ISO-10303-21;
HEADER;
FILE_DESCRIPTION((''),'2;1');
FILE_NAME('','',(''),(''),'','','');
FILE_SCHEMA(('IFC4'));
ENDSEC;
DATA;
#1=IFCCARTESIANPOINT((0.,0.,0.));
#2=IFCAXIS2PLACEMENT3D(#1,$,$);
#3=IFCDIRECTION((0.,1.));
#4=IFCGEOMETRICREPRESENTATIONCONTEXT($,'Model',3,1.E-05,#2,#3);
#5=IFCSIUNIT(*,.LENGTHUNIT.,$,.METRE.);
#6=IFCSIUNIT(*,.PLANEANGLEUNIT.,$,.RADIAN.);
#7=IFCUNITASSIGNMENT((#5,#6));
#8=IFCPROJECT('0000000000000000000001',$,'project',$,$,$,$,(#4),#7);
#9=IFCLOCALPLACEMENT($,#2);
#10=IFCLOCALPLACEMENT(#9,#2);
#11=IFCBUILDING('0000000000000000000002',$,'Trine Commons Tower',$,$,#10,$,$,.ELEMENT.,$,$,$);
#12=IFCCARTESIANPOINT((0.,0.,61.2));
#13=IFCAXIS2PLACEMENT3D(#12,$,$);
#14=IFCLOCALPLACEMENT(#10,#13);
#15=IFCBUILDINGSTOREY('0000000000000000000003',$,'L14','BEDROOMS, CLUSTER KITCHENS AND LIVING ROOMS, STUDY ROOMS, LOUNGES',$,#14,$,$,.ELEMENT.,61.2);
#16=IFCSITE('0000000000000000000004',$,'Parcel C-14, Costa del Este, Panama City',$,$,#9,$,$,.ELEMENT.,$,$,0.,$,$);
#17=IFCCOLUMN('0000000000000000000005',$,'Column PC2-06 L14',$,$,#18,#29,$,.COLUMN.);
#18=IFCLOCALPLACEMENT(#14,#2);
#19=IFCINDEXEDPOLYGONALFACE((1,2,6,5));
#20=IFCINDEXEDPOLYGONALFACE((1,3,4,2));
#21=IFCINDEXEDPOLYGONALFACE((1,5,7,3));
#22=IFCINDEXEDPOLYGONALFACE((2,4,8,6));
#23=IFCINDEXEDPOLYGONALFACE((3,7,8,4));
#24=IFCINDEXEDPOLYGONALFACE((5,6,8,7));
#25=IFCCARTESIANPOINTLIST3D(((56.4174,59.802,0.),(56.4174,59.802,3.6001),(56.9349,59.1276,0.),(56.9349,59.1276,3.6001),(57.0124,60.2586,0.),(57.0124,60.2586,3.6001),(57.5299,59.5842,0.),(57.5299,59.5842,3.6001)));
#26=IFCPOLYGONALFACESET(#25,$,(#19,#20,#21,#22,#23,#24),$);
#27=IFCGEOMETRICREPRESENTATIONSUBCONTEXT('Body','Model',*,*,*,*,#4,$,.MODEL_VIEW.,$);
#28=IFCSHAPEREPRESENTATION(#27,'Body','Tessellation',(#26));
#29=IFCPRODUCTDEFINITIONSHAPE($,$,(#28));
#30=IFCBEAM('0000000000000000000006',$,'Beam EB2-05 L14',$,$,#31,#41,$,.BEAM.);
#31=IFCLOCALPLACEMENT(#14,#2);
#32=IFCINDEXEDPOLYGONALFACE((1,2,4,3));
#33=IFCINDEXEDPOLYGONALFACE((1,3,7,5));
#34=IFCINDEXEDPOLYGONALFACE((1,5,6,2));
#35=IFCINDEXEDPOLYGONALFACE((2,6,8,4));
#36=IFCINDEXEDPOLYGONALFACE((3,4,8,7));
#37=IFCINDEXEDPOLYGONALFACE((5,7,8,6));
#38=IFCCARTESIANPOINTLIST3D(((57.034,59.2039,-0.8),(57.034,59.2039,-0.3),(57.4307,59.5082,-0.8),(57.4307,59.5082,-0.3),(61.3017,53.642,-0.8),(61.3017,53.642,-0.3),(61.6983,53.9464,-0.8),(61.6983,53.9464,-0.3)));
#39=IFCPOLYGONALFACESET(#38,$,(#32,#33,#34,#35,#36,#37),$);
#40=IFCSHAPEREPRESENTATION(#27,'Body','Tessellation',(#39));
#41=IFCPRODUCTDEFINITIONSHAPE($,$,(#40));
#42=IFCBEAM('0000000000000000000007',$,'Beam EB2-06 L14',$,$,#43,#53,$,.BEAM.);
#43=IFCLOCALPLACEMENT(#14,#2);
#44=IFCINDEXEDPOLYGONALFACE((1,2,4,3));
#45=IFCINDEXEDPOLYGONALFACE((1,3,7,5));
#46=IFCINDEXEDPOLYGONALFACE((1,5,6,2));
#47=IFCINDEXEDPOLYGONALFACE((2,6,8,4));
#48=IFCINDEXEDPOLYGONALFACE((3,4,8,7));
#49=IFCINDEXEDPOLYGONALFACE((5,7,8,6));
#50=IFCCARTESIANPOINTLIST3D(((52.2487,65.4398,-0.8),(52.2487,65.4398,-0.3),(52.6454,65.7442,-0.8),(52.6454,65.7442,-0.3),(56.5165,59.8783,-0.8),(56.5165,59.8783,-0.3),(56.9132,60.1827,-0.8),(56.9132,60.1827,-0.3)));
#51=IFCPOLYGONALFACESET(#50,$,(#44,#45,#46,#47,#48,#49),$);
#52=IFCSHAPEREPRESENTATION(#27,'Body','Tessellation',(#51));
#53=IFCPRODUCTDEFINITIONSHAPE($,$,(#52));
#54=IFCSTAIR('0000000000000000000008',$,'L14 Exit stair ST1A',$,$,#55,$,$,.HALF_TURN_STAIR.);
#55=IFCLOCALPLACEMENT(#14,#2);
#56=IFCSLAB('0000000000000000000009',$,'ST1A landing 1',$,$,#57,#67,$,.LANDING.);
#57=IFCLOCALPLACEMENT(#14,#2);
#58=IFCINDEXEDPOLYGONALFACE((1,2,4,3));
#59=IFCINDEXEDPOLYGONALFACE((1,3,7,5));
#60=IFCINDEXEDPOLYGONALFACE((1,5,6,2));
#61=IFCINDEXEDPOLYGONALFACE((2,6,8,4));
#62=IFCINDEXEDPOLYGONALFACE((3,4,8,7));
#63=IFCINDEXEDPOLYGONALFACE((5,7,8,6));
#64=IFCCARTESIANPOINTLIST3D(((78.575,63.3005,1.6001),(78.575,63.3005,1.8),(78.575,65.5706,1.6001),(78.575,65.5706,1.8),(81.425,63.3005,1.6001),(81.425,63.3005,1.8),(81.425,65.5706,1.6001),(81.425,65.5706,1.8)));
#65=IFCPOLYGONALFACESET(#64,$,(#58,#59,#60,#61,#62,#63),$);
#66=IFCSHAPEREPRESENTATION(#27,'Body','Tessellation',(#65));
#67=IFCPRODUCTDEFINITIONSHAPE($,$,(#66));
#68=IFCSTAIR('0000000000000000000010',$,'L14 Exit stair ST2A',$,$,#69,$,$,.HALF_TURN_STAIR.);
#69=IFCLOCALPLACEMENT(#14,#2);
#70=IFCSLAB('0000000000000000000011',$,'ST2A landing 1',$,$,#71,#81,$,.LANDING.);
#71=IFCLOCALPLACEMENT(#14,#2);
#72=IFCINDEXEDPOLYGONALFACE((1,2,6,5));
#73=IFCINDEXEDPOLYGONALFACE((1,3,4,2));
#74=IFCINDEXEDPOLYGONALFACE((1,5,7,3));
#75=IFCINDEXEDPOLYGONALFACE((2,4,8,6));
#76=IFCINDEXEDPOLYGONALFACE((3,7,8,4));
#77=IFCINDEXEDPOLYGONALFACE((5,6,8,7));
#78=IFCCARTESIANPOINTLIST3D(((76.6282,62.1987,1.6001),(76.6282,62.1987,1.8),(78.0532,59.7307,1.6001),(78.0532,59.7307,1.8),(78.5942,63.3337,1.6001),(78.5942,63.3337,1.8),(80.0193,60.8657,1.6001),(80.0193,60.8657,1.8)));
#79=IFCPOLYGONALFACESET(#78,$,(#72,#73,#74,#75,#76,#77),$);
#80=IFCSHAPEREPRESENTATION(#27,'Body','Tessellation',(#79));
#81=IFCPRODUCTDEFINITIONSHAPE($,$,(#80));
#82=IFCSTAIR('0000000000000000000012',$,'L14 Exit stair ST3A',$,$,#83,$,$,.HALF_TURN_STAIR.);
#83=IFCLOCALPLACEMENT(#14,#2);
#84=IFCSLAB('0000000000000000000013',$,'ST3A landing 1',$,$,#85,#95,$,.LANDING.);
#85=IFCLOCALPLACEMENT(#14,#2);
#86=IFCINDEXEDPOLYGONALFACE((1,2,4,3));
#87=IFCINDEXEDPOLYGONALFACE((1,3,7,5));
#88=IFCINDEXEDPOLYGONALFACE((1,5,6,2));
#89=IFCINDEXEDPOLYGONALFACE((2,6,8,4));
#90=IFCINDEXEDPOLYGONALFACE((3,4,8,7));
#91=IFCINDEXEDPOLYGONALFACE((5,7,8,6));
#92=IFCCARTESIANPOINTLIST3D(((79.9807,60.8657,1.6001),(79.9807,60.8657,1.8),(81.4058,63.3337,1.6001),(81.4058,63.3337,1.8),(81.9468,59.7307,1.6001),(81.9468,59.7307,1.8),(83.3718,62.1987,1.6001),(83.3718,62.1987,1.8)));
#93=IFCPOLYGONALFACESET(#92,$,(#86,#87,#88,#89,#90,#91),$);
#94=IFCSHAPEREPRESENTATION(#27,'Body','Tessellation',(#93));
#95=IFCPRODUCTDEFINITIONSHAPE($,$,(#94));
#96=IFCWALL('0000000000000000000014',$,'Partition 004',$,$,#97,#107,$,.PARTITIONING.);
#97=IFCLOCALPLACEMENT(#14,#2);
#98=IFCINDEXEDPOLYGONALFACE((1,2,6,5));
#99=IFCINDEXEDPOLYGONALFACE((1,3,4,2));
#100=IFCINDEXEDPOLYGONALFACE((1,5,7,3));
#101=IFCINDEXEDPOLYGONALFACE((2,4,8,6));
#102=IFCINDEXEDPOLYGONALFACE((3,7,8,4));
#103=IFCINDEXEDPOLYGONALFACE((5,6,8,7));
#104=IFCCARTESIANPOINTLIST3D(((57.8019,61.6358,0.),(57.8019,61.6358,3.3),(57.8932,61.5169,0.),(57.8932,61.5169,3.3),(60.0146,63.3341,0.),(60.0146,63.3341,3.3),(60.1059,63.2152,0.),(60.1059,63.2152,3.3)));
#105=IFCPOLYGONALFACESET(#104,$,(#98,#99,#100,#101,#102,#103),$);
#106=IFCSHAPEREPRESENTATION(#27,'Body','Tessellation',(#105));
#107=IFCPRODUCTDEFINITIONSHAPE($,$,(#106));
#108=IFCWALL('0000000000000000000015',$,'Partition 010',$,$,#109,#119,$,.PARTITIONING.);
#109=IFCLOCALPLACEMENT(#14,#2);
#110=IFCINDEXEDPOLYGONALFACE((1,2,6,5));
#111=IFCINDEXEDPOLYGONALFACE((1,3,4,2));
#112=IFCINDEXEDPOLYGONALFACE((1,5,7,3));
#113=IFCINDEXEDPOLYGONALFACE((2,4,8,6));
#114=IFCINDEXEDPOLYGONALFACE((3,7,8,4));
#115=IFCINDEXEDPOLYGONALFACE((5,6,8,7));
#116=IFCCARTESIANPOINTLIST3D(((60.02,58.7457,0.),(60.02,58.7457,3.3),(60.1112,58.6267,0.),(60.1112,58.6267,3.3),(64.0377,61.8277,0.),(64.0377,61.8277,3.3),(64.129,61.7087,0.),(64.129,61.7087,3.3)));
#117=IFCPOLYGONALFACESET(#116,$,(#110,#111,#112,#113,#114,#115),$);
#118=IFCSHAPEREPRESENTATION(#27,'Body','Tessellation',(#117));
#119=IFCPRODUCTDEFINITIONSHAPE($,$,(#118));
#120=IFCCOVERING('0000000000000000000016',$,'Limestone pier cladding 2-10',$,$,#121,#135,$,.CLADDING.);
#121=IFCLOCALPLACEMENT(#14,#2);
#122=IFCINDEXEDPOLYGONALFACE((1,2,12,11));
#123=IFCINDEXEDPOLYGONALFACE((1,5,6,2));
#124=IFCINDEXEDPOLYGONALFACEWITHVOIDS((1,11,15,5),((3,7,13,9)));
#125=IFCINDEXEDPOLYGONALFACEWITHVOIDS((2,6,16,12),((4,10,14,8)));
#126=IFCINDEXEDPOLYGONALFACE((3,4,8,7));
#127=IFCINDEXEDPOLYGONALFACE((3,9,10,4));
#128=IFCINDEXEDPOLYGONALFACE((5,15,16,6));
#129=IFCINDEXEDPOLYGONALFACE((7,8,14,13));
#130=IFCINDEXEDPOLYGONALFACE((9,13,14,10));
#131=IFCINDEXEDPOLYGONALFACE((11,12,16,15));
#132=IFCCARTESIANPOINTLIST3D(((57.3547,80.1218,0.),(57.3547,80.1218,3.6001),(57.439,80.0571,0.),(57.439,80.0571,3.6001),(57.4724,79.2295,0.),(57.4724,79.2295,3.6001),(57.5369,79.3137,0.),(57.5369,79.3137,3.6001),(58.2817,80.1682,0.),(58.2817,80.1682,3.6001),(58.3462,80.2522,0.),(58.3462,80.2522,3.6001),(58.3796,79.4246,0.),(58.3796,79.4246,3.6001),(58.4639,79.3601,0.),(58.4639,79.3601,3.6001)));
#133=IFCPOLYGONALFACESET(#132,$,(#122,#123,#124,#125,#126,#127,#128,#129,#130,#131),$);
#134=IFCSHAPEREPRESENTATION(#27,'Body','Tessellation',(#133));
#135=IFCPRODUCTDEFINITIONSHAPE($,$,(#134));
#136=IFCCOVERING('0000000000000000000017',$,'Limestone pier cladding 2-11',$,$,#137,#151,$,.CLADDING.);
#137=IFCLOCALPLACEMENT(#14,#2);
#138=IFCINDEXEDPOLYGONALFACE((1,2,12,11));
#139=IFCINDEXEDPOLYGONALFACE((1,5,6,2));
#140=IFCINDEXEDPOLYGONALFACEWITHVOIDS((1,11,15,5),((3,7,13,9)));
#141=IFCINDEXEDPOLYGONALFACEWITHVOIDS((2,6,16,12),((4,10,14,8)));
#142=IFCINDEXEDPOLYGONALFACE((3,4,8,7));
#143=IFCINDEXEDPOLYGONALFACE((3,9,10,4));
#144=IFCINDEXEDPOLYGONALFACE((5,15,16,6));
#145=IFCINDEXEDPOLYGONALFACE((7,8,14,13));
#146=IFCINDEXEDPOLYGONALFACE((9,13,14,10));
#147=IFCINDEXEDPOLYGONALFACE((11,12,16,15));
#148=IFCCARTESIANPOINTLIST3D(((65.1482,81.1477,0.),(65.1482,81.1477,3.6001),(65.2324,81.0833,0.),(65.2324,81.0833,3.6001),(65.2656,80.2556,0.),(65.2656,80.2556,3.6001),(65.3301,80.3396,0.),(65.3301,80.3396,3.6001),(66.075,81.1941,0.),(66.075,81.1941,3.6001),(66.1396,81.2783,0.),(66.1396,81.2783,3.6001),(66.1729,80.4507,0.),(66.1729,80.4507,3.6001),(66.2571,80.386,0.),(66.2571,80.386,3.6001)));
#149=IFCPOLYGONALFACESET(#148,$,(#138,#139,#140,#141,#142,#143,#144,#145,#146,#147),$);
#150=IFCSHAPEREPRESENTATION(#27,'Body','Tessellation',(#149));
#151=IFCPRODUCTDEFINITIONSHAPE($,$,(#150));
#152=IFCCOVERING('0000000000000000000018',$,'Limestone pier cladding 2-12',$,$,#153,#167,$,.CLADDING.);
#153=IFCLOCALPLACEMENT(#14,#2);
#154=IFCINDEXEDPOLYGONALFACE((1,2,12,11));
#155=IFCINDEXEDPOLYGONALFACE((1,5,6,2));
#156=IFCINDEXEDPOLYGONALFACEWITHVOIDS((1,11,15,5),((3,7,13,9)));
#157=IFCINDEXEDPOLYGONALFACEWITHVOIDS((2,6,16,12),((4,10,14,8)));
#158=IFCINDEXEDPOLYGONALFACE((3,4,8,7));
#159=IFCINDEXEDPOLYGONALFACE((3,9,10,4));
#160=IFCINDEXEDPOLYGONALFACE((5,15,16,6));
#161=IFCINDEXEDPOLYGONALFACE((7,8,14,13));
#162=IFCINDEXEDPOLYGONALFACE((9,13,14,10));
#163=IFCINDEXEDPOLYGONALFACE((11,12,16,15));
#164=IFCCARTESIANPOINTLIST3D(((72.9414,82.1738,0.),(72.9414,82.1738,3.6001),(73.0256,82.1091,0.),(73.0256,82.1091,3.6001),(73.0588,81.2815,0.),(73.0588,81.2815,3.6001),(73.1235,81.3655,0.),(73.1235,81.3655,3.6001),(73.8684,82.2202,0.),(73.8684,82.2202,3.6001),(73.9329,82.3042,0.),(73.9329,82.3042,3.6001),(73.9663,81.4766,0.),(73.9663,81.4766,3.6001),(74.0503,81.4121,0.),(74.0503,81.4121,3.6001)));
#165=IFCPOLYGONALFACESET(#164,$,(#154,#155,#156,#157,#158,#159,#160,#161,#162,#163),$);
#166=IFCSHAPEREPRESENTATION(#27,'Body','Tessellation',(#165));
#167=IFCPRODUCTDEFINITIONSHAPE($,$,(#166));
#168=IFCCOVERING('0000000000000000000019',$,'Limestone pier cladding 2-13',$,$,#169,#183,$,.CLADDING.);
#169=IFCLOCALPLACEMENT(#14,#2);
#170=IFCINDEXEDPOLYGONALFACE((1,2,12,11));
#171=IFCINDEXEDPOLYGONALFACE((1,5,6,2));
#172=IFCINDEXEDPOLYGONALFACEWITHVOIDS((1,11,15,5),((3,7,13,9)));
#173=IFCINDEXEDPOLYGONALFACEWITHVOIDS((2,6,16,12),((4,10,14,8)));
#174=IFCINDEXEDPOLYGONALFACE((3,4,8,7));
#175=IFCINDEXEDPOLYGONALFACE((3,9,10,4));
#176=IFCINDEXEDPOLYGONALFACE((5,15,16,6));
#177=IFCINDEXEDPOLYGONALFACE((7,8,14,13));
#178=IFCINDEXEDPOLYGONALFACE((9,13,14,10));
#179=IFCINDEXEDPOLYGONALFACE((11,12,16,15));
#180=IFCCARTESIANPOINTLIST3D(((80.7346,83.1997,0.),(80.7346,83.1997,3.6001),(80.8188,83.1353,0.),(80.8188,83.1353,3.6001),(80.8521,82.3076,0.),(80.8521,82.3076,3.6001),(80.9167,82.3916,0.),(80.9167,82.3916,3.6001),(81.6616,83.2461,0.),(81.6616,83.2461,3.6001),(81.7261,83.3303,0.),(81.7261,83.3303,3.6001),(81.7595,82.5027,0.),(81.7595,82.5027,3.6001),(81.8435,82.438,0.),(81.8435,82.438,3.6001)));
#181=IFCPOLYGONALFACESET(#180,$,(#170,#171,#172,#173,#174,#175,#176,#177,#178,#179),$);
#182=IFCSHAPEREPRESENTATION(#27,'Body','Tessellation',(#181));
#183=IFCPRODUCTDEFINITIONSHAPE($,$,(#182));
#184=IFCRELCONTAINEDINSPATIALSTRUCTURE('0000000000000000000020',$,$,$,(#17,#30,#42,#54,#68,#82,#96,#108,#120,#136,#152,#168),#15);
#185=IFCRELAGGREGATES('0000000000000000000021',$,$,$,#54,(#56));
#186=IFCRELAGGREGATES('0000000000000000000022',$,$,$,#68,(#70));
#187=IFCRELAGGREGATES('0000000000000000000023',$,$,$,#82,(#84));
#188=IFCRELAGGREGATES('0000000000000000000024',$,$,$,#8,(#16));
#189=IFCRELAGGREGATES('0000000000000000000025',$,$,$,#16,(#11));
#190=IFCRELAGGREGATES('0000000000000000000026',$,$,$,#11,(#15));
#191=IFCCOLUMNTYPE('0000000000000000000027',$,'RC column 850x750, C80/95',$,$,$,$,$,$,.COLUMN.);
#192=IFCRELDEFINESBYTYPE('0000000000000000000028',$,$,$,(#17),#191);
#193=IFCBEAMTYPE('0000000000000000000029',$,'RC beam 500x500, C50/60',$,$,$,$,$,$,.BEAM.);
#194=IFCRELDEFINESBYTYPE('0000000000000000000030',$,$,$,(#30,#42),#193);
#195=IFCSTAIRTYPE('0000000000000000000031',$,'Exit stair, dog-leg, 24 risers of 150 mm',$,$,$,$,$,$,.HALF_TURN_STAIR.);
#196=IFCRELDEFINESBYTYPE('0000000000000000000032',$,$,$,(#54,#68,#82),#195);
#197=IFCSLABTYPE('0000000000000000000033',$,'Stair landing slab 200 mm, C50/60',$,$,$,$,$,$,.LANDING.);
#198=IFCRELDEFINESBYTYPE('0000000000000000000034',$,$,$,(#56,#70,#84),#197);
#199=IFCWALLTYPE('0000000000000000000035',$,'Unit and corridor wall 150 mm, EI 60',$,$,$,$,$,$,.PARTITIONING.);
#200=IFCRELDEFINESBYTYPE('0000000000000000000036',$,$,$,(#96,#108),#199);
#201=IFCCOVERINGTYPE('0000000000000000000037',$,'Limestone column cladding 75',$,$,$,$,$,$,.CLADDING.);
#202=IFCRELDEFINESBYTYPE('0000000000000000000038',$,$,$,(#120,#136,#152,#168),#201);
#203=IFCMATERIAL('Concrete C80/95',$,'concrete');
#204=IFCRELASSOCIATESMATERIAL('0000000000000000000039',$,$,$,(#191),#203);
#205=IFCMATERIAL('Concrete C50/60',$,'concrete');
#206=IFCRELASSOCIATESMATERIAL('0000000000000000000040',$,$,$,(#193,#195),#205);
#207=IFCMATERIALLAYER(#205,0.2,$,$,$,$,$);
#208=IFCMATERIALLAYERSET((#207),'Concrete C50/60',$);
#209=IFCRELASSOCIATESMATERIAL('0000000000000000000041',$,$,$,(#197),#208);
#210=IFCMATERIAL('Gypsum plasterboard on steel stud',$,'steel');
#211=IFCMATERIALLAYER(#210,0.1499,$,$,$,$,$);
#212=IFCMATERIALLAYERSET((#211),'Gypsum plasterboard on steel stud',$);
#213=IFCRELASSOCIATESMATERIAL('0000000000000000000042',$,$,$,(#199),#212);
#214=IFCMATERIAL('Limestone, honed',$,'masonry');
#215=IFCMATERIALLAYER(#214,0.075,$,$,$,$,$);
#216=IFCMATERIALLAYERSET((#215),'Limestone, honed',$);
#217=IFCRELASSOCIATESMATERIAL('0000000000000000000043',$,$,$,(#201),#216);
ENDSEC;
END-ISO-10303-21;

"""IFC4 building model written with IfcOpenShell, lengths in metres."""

from ifc_helpers import new_model, si_unit, direction, frame, frame_2d, origin, origin_2d, place, context, subcontext, project, spatial, polyline, rectangle, outline, extrude, material, layer, layer_set, material_profile, profile_set, type_object, element, aggregate, save


model = new_model("IFC4")

# Units and contexts
model_context = context("Model", 3, precision=1e-05, world=origin(), true_north=direction((0.0, 1.0)))
body_context = subcontext(model_context, "Body", "Model", "MODEL_VIEW")
ifc_project = project(units=[si_unit("LENGTHUNIT", "METRE"), si_unit("PLANEANGLEUNIT", "RADIAN")], contexts=[model_context])

# Site, building, storey
site_placement = place(None, origin())
site = spatial("IfcSite", under=ifc_project, at=site_placement, Name="Parcel C-14, Costa del Este, Panama City", CompositionType="ELEMENT", RefElevation=0.0)
building_placement = place(site_placement, origin())
building = spatial("IfcBuilding", under=site, at=building_placement, Name="Trine Commons Tower", CompositionType="ELEMENT")
storey_placement = place(building_placement, frame((0.0, 0.0, 61.2)))
storey = spatial("IfcBuildingStorey", under=building, at=storey_placement, Name="L14", Description="BEDROOMS, CLUSTER KITCHENS AND LIVING ROOMS, STUDY ROOMS, LOUNGES", CompositionType="ELEMENT", Elevation=61.2)

# Column
ifc_material_1 = material(Name="Concrete C80/95", Category="concrete")
ifc_material_profile_1 = material_profile(ifc_material_1, rectangle(XDim=0.8501, YDim=0.75, at=origin_2d()), Name="RC 850x750")
ifc_profile_set_1 = profile_set([ifc_material_profile_1], Name="Concrete C80/95")
column_type = type_object("IfcColumnType", Name="RC column 850x750, C80/95", PredefinedType="COLUMN", material=ifc_profile_set_1)
column_placement = place(storey_placement, frame((56.9736, 59.6931, 0.0), z_axis=(0.0, 0.0, 1.0), x_axis=(-0.608761, 0.793353, 0.0)))
element("IfcColumn", 1, at=column_placement, inside=storey, type_object=column_type, Name="Column PC2-06 L14", PredefinedType="COLUMN", context=body_context, shape_type="SweptSolid", body=[
    extrude(rectangle(XDim=0.8501, YDim=0.75, at=origin_2d()), origin(), (0.0, 0.0, 1.0), 3.6001),
])

# Beams
ifc_material_2 = material(Name="Concrete C50/60", Category="concrete")
ifc_material_profile_2 = material_profile(ifc_material_2, rectangle(XDim=0.5, YDim=0.5, at=origin_2d()), Name="RC 500x500")
ifc_profile_set_2 = profile_set([ifc_material_profile_2], Name="Concrete C50/60")
beam_type = type_object("IfcBeamType", Name="RC beam 500x500, C50/60", PredefinedType="BEAM", material=ifc_profile_set_2)
beam_1_placement = place(storey_placement, frame((61.5, 53.7942, -0.55), z_axis=(-0.608751, 0.793361, 0.0), x_axis=(-0.793361, -0.608751, 0.0)))
element("IfcBeam", 2, at=beam_1_placement, inside=storey, type_object=beam_type, Name="Beam EB2-05 L14", PredefinedType="BEAM", context=body_context, shape_type="SweptSolid", body=[
    extrude(rectangle(XDim=0.5, YDim=0.5, at=origin_2d()), origin(), (0.0, 0.0, 1.0), 7.0105),
])
beam_2_placement = place(storey_placement, frame((56.7148, 60.0305, -0.55), z_axis=(-0.60879, 0.793332, 0.0), x_axis=(-0.793332, -0.60879, 0.0)))
element("IfcBeam", 3, at=beam_2_placement, inside=storey, type_object=beam_type, Name="Beam EB2-06 L14", PredefinedType="BEAM", context=body_context, shape_type="SweptSolid", body=[
    extrude(rectangle(XDim=0.5, YDim=0.5, at=origin_2d()), origin(), (0.0, 0.0, 1.0), 7.0103),
])

# Stairs, slabs
stair_type = type_object("IfcStairType", Name="Exit stair, dog-leg, 24 risers of 150 mm", PredefinedType="HALF_TURN_STAIR", material=ifc_material_2)
stair_1_placement = place(storey_placement, origin())
stair_1 = element("IfcStair", 4, at=stair_1_placement, inside=storey, type_object=stair_type, Name="L14 Exit stair ST1A", PredefinedType="HALF_TURN_STAIR")
ifc_layer_1 = layer(ifc_material_2, 0.2)
ifc_layer_set_1 = layer_set([ifc_layer_1], Name="Concrete C50/60")
slab_type = type_object("IfcSlabType", Name="Stair landing slab 200 mm, C50/60", PredefinedType="LANDING", material=ifc_layer_set_1)
slab_1_placement = place(storey_placement, frame((0.0, 0.0, 1.6001)))
slab_1 = element("IfcSlab", 5, at=slab_1_placement, type_object=slab_type, Name="ST1A landing 1", PredefinedType="LANDING", context=body_context, shape_type="SweptSolid", body=[
    extrude(outline(polyline([(78.575, 65.5706), (78.575, 63.3005), (81.425, 63.3005), (81.425, 65.5706), (78.575, 65.5706)])), origin(), (0.0, 0.0, 1.0), 0.2),
])
aggregate(stair_1, [slab_1])
stair_2_placement = place(storey_placement, origin())
stair_2 = element("IfcStair", 6, at=stair_2_placement, inside=storey, type_object=stair_type, Name="L14 Exit stair ST2A", PredefinedType="HALF_TURN_STAIR")
slab_2_placement = place(storey_placement, frame((0.0, 0.0, 1.6001)))
slab_2 = element("IfcSlab", 7, at=slab_2_placement, type_object=slab_type, Name="ST2A landing 1", PredefinedType="LANDING", context=body_context, shape_type="SweptSolid", body=[
    extrude(outline(polyline([(78.0532, 59.7307), (80.0193, 60.8657), (78.5942, 63.3337), (76.6282, 62.1987), (78.0532, 59.7307)])), origin(), (0.0, 0.0, 1.0), 0.2),
])
aggregate(stair_2, [slab_2])
stair_3_placement = place(storey_placement, origin())
stair_3 = element("IfcStair", 8, at=stair_3_placement, inside=storey, type_object=stair_type, Name="L14 Exit stair ST3A", PredefinedType="HALF_TURN_STAIR")
slab_3_placement = place(storey_placement, frame((0.0, 0.0, 1.6001)))
slab_3 = element("IfcSlab", 9, at=slab_3_placement, type_object=slab_type, Name="ST3A landing 1", PredefinedType="LANDING", context=body_context, shape_type="SweptSolid", body=[
    extrude(outline(polyline([(83.3718, 62.1987), (81.4058, 63.3337), (79.9807, 60.8657), (81.9468, 59.7307), (83.3718, 62.1987)])), origin(), (0.0, 0.0, 1.0), 0.2),
])
aggregate(stair_3, [slab_3])

# Walls
ifc_material_3 = material(Name="Gypsum plasterboard on steel stud", Category="steel")
ifc_layer_2 = layer(ifc_material_3, 0.1499)
ifc_layer_set_2 = layer_set([ifc_layer_2], Name="Gypsum plasterboard on steel stud")
wall_type = type_object("IfcWallType", Name="Unit and corridor wall 150 mm, EI 60", PredefinedType="PARTITIONING", material=ifc_layer_set_2)
wall_1_placement = place(storey_placement, frame((57.8477, 61.5764, 0.0), z_axis=(0.0, 0.0, 1.0), x_axis=(0.793281, 0.608856, 0.0)))
element("IfcWall", 10, at=wall_1_placement, inside=storey, type_object=wall_type, Name="Partition 004", PredefinedType="PARTITIONING", context=body_context, shape_type="SweptSolid", body=[
    extrude(rectangle(XDim=2.7893, YDim=0.1499, at=frame_2d((1.3945, 0.0))), origin(), (0.0, 0.0, 1.0), 3.3),
])
wall_2_placement = place(storey_placement, frame((60.0657, 58.6863, 0.0), z_axis=(0.0, 0.0, 1.0), x_axis=(0.793444, 0.608643, 0.0)))
element("IfcWall", 11, at=wall_2_placement, inside=storey, type_object=wall_type, Name="Partition 010", PredefinedType="PARTITIONING", context=body_context, shape_type="SweptSolid", body=[
    extrude(rectangle(XDim=5.0637, YDim=0.1499, at=frame_2d((2.5317, 0.0))), origin(), (0.0, 0.0, 1.0), 3.3),
])

# Coverings
ifc_material_4 = material(Name="Limestone, honed", Category="masonry")
ifc_layer_3 = layer(ifc_material_4, 0.075)
ifc_layer_set_3 = layer_set([ifc_layer_3], Name="Limestone, honed")
covering_type_1 = type_object("IfcCoveringType", Name="Limestone column cladding 75", PredefinedType="CLADDING", material=ifc_layer_set_3)
covering_1_placement = place(storey_placement, origin())
element("IfcCovering", 12, at=covering_1_placement, inside=storey, type_object=covering_type_1, Name="Limestone pier cladding 2-10", PredefinedType="CLADDING", context=body_context, shape_type="SweptSolid", body=[
    extrude(outline(polyline([(58.4639, 79.3601), (58.3462, 80.2522), (57.3547, 80.1218), (57.4724, 79.2295), (58.4639, 79.3601)]), holes=[polyline([(58.3796, 79.4246), (58.2817, 80.1682), (57.439, 80.0571), (57.5369, 79.3137), (58.3796, 79.4246)])]), origin(), (0.0, 0.0, 1.0), 3.6001),
])
covering_2_placement = place(storey_placement, origin())
element("IfcCovering", 13, at=covering_2_placement, inside=storey, type_object=covering_type_1, Name="Limestone pier cladding 2-11", PredefinedType="CLADDING", context=body_context, shape_type="SweptSolid", body=[
    extrude(outline(polyline([(66.2571, 80.386), (66.1396, 81.2783), (65.1482, 81.1477), (65.2656, 80.2556), (66.2571, 80.386)]), holes=[polyline([(66.1729, 80.4507), (66.075, 81.1941), (65.2324, 81.0833), (65.3301, 80.3396), (66.1729, 80.4507)])]), origin(), (0.0, 0.0, 1.0), 3.6001),
])
covering_3_placement = place(storey_placement, origin())
element("IfcCovering", 14, at=covering_3_placement, inside=storey, type_object=covering_type_1, Name="Limestone pier cladding 2-12", PredefinedType="CLADDING", context=body_context, shape_type="SweptSolid", body=[
    extrude(outline(polyline([(74.0503, 81.4121), (73.9329, 82.3042), (72.9414, 82.1738), (73.0588, 81.2815), (74.0503, 81.4121)]), holes=[polyline([(73.9663, 81.4766), (73.8684, 82.2202), (73.0256, 82.1091), (73.1235, 81.3655), (73.9663, 81.4766)])]), origin(), (0.0, 0.0, 1.0), 3.6001),
])
covering_4_placement = place(storey_placement, origin())
element("IfcCovering", 15, at=covering_4_placement, inside=storey, type_object=covering_type_1, Name="Limestone pier cladding 2-13", PredefinedType="CLADDING", context=body_context, shape_type="SweptSolid", body=[
    extrude(outline(polyline([(81.8435, 82.438), (81.7261, 83.3303), (80.7346, 83.1997), (80.8521, 82.3076), (81.8435, 82.438)]), holes=[polyline([(81.7595, 82.5027), (81.6616, 83.2461), (80.8188, 83.1353), (80.9167, 82.3916), (81.7595, 82.5027)])]), origin(), (0.0, 0.0, 1.0), 3.6001),
])

save(model, "model.ifc")
